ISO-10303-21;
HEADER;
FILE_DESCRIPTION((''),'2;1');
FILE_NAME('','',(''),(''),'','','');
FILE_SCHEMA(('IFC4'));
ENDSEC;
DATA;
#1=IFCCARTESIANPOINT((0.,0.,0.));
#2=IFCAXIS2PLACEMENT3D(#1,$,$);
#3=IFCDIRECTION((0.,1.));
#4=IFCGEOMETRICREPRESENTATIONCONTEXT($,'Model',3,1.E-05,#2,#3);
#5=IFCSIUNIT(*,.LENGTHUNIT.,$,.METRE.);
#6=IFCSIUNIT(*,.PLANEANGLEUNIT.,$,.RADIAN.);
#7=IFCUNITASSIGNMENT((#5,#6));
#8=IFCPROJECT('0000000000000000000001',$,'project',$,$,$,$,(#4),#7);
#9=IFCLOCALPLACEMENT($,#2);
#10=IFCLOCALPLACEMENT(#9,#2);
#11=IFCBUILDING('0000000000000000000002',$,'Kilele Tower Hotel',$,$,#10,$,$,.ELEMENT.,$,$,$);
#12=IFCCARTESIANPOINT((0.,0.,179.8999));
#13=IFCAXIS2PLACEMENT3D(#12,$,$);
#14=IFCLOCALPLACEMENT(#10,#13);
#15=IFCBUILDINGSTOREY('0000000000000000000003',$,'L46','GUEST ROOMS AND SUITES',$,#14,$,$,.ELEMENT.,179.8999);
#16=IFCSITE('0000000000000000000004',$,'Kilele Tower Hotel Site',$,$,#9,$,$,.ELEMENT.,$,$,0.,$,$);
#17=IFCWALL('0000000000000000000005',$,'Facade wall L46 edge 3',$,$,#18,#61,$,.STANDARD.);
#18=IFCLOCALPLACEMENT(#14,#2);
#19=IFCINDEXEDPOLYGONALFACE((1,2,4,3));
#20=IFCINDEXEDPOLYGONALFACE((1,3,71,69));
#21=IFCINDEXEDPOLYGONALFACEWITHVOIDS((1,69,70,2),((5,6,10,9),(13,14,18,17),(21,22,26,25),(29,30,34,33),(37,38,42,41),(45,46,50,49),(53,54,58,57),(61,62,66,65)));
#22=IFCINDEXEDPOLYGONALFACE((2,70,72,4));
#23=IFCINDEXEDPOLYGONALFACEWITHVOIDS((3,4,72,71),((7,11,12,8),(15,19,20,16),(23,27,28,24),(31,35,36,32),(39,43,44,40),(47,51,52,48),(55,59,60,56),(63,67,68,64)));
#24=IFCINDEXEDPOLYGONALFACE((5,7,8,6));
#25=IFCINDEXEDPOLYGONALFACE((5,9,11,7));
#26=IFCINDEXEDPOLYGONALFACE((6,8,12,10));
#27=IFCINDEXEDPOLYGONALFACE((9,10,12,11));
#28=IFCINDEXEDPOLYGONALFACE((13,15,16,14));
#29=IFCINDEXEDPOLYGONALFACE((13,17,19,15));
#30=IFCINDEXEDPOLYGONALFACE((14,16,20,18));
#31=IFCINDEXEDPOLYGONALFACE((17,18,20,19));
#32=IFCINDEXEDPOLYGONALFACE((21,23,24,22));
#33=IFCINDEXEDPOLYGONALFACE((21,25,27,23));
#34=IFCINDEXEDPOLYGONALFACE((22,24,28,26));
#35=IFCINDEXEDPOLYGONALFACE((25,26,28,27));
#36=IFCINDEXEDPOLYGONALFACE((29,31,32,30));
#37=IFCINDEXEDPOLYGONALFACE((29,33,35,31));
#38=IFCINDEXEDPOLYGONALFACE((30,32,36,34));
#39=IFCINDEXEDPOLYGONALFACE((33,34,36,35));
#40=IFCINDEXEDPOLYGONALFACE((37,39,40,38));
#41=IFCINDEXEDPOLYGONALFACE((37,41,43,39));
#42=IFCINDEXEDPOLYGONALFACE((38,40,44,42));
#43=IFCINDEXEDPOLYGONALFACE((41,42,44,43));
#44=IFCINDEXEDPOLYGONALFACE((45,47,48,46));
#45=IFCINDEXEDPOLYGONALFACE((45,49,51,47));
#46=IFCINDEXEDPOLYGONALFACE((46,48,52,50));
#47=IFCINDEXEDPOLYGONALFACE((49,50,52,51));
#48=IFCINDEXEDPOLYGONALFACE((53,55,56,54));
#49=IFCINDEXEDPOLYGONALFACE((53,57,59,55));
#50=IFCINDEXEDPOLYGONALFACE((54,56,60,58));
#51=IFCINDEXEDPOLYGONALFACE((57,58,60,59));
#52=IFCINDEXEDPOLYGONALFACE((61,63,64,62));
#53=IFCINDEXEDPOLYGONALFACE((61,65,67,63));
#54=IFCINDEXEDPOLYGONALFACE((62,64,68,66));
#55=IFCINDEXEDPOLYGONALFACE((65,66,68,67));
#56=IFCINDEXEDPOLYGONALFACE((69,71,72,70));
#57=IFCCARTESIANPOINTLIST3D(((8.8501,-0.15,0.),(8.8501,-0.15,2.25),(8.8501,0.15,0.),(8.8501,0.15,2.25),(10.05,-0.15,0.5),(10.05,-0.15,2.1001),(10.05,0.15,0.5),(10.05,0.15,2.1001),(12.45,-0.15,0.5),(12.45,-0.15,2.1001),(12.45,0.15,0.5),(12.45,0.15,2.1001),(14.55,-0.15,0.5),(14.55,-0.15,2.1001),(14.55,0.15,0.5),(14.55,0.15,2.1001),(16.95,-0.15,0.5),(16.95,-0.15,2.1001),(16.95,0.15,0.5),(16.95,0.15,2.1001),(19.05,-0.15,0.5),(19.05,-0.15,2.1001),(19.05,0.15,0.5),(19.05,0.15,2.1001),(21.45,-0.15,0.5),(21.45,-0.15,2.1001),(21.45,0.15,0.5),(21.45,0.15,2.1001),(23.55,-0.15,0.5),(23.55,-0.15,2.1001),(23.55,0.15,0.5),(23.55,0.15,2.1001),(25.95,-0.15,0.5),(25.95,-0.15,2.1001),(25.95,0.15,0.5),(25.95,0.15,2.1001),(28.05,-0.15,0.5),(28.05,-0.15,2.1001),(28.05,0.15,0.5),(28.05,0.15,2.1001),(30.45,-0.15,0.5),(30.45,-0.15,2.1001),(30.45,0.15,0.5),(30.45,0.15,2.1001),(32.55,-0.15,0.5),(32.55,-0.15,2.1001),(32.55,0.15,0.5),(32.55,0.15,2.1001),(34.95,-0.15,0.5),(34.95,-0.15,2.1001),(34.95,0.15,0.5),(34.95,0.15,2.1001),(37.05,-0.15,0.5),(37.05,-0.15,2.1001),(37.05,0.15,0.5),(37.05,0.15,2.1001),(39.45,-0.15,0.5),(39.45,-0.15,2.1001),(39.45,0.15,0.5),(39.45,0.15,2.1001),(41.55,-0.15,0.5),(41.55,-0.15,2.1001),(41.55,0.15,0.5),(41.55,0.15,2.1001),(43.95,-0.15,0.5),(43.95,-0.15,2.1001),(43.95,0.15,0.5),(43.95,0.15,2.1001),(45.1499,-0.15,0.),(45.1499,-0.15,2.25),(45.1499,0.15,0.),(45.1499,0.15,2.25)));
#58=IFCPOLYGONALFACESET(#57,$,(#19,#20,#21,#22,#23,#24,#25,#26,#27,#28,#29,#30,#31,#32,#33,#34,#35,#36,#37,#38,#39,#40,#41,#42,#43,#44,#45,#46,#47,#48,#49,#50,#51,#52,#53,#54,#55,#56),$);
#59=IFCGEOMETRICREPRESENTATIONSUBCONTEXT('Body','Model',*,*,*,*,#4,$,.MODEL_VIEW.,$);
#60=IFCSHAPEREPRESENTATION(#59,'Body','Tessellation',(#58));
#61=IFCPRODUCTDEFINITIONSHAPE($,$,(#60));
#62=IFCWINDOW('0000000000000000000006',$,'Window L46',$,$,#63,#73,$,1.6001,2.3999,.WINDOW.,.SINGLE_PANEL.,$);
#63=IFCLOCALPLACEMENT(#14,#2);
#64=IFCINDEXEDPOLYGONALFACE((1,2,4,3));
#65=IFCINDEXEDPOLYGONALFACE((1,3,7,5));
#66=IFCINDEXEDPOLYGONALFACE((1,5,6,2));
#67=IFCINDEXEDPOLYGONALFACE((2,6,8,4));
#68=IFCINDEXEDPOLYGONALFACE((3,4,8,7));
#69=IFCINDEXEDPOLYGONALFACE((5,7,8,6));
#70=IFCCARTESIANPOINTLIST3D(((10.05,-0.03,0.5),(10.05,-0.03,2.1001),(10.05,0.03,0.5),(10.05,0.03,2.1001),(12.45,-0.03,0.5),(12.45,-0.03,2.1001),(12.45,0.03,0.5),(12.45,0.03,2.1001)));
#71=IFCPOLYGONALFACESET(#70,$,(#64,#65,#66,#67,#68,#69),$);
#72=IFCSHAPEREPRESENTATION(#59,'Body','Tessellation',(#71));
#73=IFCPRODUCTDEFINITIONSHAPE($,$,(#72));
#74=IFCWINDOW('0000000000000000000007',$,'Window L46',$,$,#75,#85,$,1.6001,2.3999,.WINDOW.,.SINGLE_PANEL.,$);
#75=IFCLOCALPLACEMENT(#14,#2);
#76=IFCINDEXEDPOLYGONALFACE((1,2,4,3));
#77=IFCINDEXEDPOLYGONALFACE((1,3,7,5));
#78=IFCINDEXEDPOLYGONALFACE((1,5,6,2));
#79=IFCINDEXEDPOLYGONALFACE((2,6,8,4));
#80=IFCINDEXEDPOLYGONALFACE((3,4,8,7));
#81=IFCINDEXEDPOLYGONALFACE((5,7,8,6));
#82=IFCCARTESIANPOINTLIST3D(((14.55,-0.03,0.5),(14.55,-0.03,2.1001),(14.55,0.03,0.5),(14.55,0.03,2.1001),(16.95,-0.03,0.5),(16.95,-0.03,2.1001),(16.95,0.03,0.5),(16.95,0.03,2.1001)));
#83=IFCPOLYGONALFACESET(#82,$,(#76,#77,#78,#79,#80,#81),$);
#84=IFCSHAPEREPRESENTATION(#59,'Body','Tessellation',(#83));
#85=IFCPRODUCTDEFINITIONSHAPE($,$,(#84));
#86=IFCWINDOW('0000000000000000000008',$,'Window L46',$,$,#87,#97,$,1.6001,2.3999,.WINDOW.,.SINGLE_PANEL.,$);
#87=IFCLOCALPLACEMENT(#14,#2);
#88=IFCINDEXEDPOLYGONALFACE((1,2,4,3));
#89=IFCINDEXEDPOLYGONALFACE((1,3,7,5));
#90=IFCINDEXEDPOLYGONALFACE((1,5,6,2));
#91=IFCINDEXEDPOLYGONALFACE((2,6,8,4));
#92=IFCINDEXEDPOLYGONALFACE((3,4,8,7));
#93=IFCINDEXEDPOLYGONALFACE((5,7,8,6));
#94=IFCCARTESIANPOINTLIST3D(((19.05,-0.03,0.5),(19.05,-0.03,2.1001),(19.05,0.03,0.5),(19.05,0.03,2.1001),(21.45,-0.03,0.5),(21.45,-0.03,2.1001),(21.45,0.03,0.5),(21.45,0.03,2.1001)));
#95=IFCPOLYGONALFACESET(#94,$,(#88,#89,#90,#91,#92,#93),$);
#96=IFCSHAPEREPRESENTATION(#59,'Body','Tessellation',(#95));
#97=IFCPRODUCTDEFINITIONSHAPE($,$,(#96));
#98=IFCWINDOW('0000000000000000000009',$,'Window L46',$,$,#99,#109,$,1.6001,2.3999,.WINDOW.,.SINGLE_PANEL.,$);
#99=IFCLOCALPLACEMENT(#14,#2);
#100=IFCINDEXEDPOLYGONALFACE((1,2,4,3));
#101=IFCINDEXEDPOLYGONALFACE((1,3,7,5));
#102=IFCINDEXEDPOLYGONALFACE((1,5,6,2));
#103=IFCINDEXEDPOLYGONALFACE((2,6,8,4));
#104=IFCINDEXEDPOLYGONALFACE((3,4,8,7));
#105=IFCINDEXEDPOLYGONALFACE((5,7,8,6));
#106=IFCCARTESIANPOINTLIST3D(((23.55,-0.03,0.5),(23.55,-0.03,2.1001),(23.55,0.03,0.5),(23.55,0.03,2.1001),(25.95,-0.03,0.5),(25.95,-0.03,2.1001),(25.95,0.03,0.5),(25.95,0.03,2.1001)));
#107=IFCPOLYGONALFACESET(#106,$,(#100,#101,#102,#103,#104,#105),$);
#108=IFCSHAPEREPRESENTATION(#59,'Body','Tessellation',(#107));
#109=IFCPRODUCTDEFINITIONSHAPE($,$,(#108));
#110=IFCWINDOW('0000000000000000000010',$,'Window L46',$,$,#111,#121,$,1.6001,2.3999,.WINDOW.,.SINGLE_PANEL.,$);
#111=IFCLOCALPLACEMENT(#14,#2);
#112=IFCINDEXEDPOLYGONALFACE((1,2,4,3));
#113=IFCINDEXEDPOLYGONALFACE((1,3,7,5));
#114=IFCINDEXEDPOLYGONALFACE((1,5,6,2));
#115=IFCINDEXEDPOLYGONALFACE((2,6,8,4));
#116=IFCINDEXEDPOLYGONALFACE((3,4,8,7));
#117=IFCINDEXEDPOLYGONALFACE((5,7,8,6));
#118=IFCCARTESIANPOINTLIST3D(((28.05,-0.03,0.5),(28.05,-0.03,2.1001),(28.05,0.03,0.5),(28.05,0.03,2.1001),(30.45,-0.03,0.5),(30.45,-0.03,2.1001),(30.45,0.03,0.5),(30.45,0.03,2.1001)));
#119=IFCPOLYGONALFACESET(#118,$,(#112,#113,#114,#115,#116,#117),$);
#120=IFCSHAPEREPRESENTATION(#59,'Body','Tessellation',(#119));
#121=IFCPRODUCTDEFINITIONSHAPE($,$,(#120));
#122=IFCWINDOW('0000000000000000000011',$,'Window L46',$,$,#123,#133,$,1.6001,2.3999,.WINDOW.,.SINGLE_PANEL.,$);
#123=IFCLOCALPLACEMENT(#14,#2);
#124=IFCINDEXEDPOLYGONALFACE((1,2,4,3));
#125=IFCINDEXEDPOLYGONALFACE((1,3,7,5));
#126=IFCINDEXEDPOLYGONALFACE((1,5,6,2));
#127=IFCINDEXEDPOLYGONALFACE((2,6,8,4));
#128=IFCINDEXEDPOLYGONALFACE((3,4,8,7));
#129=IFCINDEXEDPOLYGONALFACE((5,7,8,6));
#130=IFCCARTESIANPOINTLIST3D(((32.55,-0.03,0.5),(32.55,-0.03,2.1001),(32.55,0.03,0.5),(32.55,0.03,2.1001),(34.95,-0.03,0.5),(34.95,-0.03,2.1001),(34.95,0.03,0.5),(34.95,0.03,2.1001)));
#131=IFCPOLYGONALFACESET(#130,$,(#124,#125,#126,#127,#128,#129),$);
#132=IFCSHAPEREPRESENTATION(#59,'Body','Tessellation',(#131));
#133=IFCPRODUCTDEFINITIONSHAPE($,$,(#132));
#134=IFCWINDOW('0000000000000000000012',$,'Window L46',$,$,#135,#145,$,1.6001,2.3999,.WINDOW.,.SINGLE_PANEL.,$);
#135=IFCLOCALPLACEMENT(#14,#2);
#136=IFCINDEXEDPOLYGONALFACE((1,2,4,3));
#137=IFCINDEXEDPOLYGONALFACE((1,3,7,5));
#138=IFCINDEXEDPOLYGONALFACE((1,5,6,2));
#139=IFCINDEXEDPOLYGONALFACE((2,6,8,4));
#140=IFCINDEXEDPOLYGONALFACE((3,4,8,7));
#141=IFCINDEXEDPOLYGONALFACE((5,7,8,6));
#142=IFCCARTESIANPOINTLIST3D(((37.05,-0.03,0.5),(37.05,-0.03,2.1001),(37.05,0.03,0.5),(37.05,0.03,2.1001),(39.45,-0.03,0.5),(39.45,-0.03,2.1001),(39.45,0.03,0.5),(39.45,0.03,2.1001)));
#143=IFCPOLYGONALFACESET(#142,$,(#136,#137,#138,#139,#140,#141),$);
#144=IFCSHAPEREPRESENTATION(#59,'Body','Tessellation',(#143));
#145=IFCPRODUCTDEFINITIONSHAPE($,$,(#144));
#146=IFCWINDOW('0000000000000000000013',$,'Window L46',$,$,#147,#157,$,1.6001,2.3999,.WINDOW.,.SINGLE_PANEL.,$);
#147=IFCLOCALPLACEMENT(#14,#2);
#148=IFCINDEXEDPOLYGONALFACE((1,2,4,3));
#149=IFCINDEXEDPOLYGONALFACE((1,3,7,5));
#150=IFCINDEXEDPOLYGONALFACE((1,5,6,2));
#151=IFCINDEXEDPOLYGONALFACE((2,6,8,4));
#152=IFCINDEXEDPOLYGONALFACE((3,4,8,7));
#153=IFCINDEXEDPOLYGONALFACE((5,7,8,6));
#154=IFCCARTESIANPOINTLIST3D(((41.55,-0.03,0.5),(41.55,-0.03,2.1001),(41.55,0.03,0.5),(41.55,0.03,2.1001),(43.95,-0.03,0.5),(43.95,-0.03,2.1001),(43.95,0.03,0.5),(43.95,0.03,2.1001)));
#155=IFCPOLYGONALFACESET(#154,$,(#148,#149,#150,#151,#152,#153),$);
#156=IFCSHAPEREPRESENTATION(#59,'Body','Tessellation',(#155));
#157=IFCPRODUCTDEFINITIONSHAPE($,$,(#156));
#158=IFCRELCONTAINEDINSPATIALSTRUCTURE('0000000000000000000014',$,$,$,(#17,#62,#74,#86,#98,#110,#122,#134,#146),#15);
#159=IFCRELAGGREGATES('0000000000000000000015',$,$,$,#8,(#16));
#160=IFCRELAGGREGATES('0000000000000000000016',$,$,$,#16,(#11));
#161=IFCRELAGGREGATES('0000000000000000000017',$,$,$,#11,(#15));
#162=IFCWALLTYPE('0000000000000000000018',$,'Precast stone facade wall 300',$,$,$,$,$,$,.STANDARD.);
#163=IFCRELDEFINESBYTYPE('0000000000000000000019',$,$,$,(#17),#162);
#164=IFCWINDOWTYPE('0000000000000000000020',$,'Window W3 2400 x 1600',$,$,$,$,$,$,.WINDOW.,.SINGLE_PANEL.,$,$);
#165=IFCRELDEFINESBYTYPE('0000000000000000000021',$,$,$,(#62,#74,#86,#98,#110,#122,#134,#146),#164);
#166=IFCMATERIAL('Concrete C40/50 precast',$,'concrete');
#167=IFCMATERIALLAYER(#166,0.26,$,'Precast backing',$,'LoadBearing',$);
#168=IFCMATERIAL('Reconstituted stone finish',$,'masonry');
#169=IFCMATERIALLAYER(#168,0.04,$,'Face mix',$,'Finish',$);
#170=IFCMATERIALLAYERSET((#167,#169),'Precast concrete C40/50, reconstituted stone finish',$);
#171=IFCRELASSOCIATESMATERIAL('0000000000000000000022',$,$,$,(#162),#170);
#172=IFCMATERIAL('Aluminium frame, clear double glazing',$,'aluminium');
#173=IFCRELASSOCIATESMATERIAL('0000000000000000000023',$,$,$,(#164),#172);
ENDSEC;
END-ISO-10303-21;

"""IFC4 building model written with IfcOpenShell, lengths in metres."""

from ifc_helpers import new_model, si_unit, direction, frame, frame_2d, origin, place, context, subcontext, project, spatial, rectangle, extrude, material, layer, layer_set, type_object, element, fill, save


model = new_model("IFC4")

# Units and contexts
model_context = context("Model", 3, precision=1e-05, world=origin(), true_north=direction((0.0, 1.0)))
body_context = subcontext(model_context, "Body", "Model", "MODEL_VIEW")
ifc_project = project(units=[si_unit("LENGTHUNIT", "METRE"), si_unit("PLANEANGLEUNIT", "RADIAN")], contexts=[model_context])

# Site, building, storey
site_placement = place(None, origin())
site = spatial("IfcSite", under=ifc_project, at=site_placement, Name="Kilele Tower Hotel Site", CompositionType="ELEMENT", RefElevation=0.0)
building_placement = place(site_placement, origin())
building = spatial("IfcBuilding", under=site, at=building_placement, Name="Kilele Tower Hotel", CompositionType="ELEMENT")
storey_placement = place(building_placement, frame((0.0, 0.0, 179.8999)))
storey = spatial("IfcBuildingStorey", under=building, at=storey_placement, Name="L46", Description="GUEST ROOMS AND SUITES", CompositionType="ELEMENT", Elevation=179.8999)

# Wall, openings, windows
ifc_material_1 = material(Name="Concrete C40/50 precast", Category="concrete")
ifc_layer_1 = layer(ifc_material_1, 0.26, Name="Precast backing", Category="LoadBearing")
ifc_material_2 = material(Name="Reconstituted stone finish", Category="masonry")
ifc_layer_2 = layer(ifc_material_2, 0.04, Name="Face mix", Category="Finish")
ifc_layer_set_1 = layer_set([ifc_layer_1, ifc_layer_2], Name="Precast concrete C40/50, reconstituted stone finish")
wall_type_1 = type_object("IfcWallType", Name="Precast stone facade wall 300", PredefinedType="STANDARD", material=ifc_layer_set_1)
wall_1_placement = place(storey_placement, frame((8.8501, 0.0, 0.0), z_axis=(0.0, 0.0, 1.0), x_axis=(1.0, 0.0, 0.0)))
wall_1 = element("IfcWall", 1, at=wall_1_placement, inside=storey, type_object=wall_type_1, Name="Facade wall L46 edge 3", PredefinedType="STANDARD", context=body_context, shape_type="SweptSolid", body=[
    extrude(rectangle(XDim=36.2998, YDim=0.3, at=frame_2d((18.1499, 0.0))), origin(), (0.0, 0.0, 1.0), 2.25),
])
opening_1_placement = place(wall_1_placement, frame((1.2, 0.0, 0.5)))
opening_1 = element("IfcOpeningElement", 2, at=opening_1_placement, cuts=wall_1, PredefinedType="OPENING", context=body_context, shape_type="SweptSolid", body=[
    extrude(rectangle(XDim=2.3999, YDim=1.6001, at=frame_2d((1.2, 0.8))), frame((0.0, 0.1599, 0.0), z_axis=(0.0, -1.0, 0.0), x_axis=(1.0, 0.0, 0.0)), (0.0, 0.0, 1.0), 0.3201),
])
opening_2_placement = place(wall_1_placement, frame((5.7, 0.0, 0.5)))
opening_2 = element("IfcOpeningElement", 3, at=opening_2_placement, cuts=wall_1, PredefinedType="OPENING", context=body_context, shape_type="SweptSolid", body=[
    extrude(rectangle(XDim=2.3999, YDim=1.6001, at=frame_2d((1.2, 0.8))), frame((0.0, 0.1599, 0.0), z_axis=(0.0, -1.0, 0.0), x_axis=(1.0, 0.0, 0.0)), (0.0, 0.0, 1.0), 0.3201),
])
opening_3_placement = place(wall_1_placement, frame((10.2, 0.0, 0.5)))
opening_3 = element("IfcOpeningElement", 4, at=opening_3_placement, cuts=wall_1, PredefinedType="OPENING", context=body_context, shape_type="SweptSolid", body=[
    extrude(rectangle(XDim=2.3999, YDim=1.6001, at=frame_2d((1.2, 0.8))), frame((0.0, 0.1599, 0.0), z_axis=(0.0, -1.0, 0.0), x_axis=(1.0, 0.0, 0.0)), (0.0, 0.0, 1.0), 0.3201),
])
opening_4_placement = place(wall_1_placement, frame((14.7, 0.0, 0.5)))
opening_4 = element("IfcOpeningElement", 5, at=opening_4_placement, cuts=wall_1, PredefinedType="OPENING", context=body_context, shape_type="SweptSolid", body=[
    extrude(rectangle(XDim=2.3999, YDim=1.6001, at=frame_2d((1.2, 0.8))), frame((0.0, 0.1599, 0.0), z_axis=(0.0, -1.0, 0.0), x_axis=(1.0, 0.0, 0.0)), (0.0, 0.0, 1.0), 0.3201),
])
opening_5_placement = place(wall_1_placement, frame((19.2, 0.0, 0.5)))
opening_5 = element("IfcOpeningElement", 6, at=opening_5_placement, cuts=wall_1, PredefinedType="OPENING", context=body_context, shape_type="SweptSolid", body=[
    extrude(rectangle(XDim=2.3999, YDim=1.6001, at=frame_2d((1.2, 0.8))), frame((0.0, 0.1599, 0.0), z_axis=(0.0, -1.0, 0.0), x_axis=(1.0, 0.0, 0.0)), (0.0, 0.0, 1.0), 0.3201),
])
opening_6_placement = place(wall_1_placement, frame((23.7, 0.0, 0.5)))
opening_6 = element("IfcOpeningElement", 7, at=opening_6_placement, cuts=wall_1, PredefinedType="OPENING", context=body_context, shape_type="SweptSolid", body=[
    extrude(rectangle(XDim=2.3999, YDim=1.6001, at=frame_2d((1.2, 0.8))), frame((0.0, 0.1599, 0.0), z_axis=(0.0, -1.0, 0.0), x_axis=(1.0, 0.0, 0.0)), (0.0, 0.0, 1.0), 0.3201),
])
opening_7_placement = place(wall_1_placement, frame((28.2, 0.0, 0.5)))
opening_7 = element("IfcOpeningElement", 8, at=opening_7_placement, cuts=wall_1, PredefinedType="OPENING", context=body_context, shape_type="SweptSolid", body=[
    extrude(rectangle(XDim=2.3999, YDim=1.6001, at=frame_2d((1.2, 0.8))), frame((0.0, 0.1599, 0.0), z_axis=(0.0, -1.0, 0.0), x_axis=(1.0, 0.0, 0.0)), (0.0, 0.0, 1.0), 0.3201),
])
opening_8_placement = place(wall_1_placement, frame((32.7, 0.0, 0.5)))
opening_8 = element("IfcOpeningElement", 9, at=opening_8_placement, cuts=wall_1, PredefinedType="OPENING", context=body_context, shape_type="SweptSolid", body=[
    extrude(rectangle(XDim=2.3999, YDim=1.6001, at=frame_2d((1.2, 0.8))), frame((0.0, 0.1599, 0.0), z_axis=(0.0, -1.0, 0.0), x_axis=(1.0, 0.0, 0.0)), (0.0, 0.0, 1.0), 0.3201),
])
ifc_material_3 = material(Name="Aluminium frame, clear double glazing", Category="aluminium")
window_type = type_object("IfcWindowType", Name="Window W3 2400 x 1600", PartitioningType="SINGLE_PANEL", PredefinedType="WINDOW", material=ifc_material_3)
window_1_placement = place(opening_1_placement, origin())
window_1 = element("IfcWindow", 10, at=window_1_placement, inside=storey, type_object=window_type, Name="Window L46", OverallHeight=1.6001, OverallWidth=2.3999, PartitioningType="SINGLE_PANEL", PredefinedType="WINDOW", context=body_context, shape_type="SweptSolid", body=[
    extrude(rectangle(XDim=2.3999, YDim=1.6001, at=frame_2d((1.2, 0.8))), frame((0.0, 0.03, 0.0), z_axis=(0.0, -1.0, 0.0), x_axis=(1.0, 0.0, 0.0)), (0.0, 0.0, 1.0), 0.0601),
])
fill(opening_1, window_1)
window_2_placement = place(opening_2_placement, origin())
window_2 = element("IfcWindow", 11, at=window_2_placement, inside=storey, type_object=window_type, Name="Window L46", OverallHeight=1.6001, OverallWidth=2.3999, PartitioningType="SINGLE_PANEL", PredefinedType="WINDOW", context=body_context, shape_type="SweptSolid", body=[
    extrude(rectangle(XDim=2.3999, YDim=1.6001, at=frame_2d((1.2, 0.8))), frame((0.0, 0.03, 0.0), z_axis=(0.0, -1.0, 0.0), x_axis=(1.0, 0.0, 0.0)), (0.0, 0.0, 1.0), 0.0601),
])
fill(opening_2, window_2)
window_3_placement = place(opening_3_placement, origin())
window_3 = element("IfcWindow", 12, at=window_3_placement, inside=storey, type_object=window_type, Name="Window L46", OverallHeight=1.6001, OverallWidth=2.3999, PartitioningType="SINGLE_PANEL", PredefinedType="WINDOW", context=body_context, shape_type="SweptSolid", body=[
    extrude(rectangle(XDim=2.3999, YDim=1.6001, at=frame_2d((1.2, 0.8))), frame((0.0, 0.03, 0.0), z_axis=(0.0, -1.0, 0.0), x_axis=(1.0, 0.0, 0.0)), (0.0, 0.0, 1.0), 0.0601),
])
fill(opening_3, window_3)
window_4_placement = place(opening_4_placement, origin())
window_4 = element("IfcWindow", 13, at=window_4_placement, inside=storey, type_object=window_type, Name="Window L46", OverallHeight=1.6001, OverallWidth=2.3999, PartitioningType="SINGLE_PANEL", PredefinedType="WINDOW", context=body_context, shape_type="SweptSolid", body=[
    extrude(rectangle(XDim=2.3999, YDim=1.6001, at=frame_2d((1.2, 0.8))), frame((0.0, 0.03, 0.0), z_axis=(0.0, -1.0, 0.0), x_axis=(1.0, 0.0, 0.0)), (0.0, 0.0, 1.0), 0.0601),
])
fill(opening_4, window_4)
window_5_placement = place(opening_5_placement, origin())
window_5 = element("IfcWindow", 14, at=window_5_placement, inside=storey, type_object=window_type, Name="Window L46", OverallHeight=1.6001, OverallWidth=2.3999, PartitioningType="SINGLE_PANEL", PredefinedType="WINDOW", context=body_context, shape_type="SweptSolid", body=[
    extrude(rectangle(XDim=2.3999, YDim=1.6001, at=frame_2d((1.2, 0.8))), frame((0.0, 0.03, 0.0), z_axis=(0.0, -1.0, 0.0), x_axis=(1.0, 0.0, 0.0)), (0.0, 0.0, 1.0), 0.0601),
])
fill(opening_5, window_5)
window_6_placement = place(opening_6_placement, origin())
window_6 = element("IfcWindow", 15, at=window_6_placement, inside=storey, type_object=window_type, Name="Window L46", OverallHeight=1.6001, OverallWidth=2.3999, PartitioningType="SINGLE_PANEL", PredefinedType="WINDOW", context=body_context, shape_type="SweptSolid", body=[
    extrude(rectangle(XDim=2.3999, YDim=1.6001, at=frame_2d((1.2, 0.8))), frame((0.0, 0.03, 0.0), z_axis=(0.0, -1.0, 0.0), x_axis=(1.0, 0.0, 0.0)), (0.0, 0.0, 1.0), 0.0601),
])
fill(opening_6, window_6)
window_7_placement = place(opening_7_placement, origin())
window_7 = element("IfcWindow", 16, at=window_7_placement, inside=storey, type_object=window_type, Name="Window L46", OverallHeight=1.6001, OverallWidth=2.3999, PartitioningType="SINGLE_PANEL", PredefinedType="WINDOW", context=body_context, shape_type="SweptSolid", body=[
    extrude(rectangle(XDim=2.3999, YDim=1.6001, at=frame_2d((1.2, 0.8))), frame((0.0, 0.03, 0.0), z_axis=(0.0, -1.0, 0.0), x_axis=(1.0, 0.0, 0.0)), (0.0, 0.0, 1.0), 0.0601),
])
fill(opening_7, window_7)
window_8_placement = place(opening_8_placement, origin())
window_8 = element("IfcWindow", 17, at=window_8_placement, inside=storey, type_object=window_type, Name="Window L46", OverallHeight=1.6001, OverallWidth=2.3999, PartitioningType="SINGLE_PANEL", PredefinedType="WINDOW", context=body_context, shape_type="SweptSolid", body=[
    extrude(rectangle(XDim=2.3999, YDim=1.6001, at=frame_2d((1.2, 0.8))), frame((0.0, 0.03, 0.0), z_axis=(0.0, -1.0, 0.0), x_axis=(1.0, 0.0, 0.0)), (0.0, 0.0, 1.0), 0.0601),
])
fill(opening_8, window_8)

save(model, "model.ifc")
